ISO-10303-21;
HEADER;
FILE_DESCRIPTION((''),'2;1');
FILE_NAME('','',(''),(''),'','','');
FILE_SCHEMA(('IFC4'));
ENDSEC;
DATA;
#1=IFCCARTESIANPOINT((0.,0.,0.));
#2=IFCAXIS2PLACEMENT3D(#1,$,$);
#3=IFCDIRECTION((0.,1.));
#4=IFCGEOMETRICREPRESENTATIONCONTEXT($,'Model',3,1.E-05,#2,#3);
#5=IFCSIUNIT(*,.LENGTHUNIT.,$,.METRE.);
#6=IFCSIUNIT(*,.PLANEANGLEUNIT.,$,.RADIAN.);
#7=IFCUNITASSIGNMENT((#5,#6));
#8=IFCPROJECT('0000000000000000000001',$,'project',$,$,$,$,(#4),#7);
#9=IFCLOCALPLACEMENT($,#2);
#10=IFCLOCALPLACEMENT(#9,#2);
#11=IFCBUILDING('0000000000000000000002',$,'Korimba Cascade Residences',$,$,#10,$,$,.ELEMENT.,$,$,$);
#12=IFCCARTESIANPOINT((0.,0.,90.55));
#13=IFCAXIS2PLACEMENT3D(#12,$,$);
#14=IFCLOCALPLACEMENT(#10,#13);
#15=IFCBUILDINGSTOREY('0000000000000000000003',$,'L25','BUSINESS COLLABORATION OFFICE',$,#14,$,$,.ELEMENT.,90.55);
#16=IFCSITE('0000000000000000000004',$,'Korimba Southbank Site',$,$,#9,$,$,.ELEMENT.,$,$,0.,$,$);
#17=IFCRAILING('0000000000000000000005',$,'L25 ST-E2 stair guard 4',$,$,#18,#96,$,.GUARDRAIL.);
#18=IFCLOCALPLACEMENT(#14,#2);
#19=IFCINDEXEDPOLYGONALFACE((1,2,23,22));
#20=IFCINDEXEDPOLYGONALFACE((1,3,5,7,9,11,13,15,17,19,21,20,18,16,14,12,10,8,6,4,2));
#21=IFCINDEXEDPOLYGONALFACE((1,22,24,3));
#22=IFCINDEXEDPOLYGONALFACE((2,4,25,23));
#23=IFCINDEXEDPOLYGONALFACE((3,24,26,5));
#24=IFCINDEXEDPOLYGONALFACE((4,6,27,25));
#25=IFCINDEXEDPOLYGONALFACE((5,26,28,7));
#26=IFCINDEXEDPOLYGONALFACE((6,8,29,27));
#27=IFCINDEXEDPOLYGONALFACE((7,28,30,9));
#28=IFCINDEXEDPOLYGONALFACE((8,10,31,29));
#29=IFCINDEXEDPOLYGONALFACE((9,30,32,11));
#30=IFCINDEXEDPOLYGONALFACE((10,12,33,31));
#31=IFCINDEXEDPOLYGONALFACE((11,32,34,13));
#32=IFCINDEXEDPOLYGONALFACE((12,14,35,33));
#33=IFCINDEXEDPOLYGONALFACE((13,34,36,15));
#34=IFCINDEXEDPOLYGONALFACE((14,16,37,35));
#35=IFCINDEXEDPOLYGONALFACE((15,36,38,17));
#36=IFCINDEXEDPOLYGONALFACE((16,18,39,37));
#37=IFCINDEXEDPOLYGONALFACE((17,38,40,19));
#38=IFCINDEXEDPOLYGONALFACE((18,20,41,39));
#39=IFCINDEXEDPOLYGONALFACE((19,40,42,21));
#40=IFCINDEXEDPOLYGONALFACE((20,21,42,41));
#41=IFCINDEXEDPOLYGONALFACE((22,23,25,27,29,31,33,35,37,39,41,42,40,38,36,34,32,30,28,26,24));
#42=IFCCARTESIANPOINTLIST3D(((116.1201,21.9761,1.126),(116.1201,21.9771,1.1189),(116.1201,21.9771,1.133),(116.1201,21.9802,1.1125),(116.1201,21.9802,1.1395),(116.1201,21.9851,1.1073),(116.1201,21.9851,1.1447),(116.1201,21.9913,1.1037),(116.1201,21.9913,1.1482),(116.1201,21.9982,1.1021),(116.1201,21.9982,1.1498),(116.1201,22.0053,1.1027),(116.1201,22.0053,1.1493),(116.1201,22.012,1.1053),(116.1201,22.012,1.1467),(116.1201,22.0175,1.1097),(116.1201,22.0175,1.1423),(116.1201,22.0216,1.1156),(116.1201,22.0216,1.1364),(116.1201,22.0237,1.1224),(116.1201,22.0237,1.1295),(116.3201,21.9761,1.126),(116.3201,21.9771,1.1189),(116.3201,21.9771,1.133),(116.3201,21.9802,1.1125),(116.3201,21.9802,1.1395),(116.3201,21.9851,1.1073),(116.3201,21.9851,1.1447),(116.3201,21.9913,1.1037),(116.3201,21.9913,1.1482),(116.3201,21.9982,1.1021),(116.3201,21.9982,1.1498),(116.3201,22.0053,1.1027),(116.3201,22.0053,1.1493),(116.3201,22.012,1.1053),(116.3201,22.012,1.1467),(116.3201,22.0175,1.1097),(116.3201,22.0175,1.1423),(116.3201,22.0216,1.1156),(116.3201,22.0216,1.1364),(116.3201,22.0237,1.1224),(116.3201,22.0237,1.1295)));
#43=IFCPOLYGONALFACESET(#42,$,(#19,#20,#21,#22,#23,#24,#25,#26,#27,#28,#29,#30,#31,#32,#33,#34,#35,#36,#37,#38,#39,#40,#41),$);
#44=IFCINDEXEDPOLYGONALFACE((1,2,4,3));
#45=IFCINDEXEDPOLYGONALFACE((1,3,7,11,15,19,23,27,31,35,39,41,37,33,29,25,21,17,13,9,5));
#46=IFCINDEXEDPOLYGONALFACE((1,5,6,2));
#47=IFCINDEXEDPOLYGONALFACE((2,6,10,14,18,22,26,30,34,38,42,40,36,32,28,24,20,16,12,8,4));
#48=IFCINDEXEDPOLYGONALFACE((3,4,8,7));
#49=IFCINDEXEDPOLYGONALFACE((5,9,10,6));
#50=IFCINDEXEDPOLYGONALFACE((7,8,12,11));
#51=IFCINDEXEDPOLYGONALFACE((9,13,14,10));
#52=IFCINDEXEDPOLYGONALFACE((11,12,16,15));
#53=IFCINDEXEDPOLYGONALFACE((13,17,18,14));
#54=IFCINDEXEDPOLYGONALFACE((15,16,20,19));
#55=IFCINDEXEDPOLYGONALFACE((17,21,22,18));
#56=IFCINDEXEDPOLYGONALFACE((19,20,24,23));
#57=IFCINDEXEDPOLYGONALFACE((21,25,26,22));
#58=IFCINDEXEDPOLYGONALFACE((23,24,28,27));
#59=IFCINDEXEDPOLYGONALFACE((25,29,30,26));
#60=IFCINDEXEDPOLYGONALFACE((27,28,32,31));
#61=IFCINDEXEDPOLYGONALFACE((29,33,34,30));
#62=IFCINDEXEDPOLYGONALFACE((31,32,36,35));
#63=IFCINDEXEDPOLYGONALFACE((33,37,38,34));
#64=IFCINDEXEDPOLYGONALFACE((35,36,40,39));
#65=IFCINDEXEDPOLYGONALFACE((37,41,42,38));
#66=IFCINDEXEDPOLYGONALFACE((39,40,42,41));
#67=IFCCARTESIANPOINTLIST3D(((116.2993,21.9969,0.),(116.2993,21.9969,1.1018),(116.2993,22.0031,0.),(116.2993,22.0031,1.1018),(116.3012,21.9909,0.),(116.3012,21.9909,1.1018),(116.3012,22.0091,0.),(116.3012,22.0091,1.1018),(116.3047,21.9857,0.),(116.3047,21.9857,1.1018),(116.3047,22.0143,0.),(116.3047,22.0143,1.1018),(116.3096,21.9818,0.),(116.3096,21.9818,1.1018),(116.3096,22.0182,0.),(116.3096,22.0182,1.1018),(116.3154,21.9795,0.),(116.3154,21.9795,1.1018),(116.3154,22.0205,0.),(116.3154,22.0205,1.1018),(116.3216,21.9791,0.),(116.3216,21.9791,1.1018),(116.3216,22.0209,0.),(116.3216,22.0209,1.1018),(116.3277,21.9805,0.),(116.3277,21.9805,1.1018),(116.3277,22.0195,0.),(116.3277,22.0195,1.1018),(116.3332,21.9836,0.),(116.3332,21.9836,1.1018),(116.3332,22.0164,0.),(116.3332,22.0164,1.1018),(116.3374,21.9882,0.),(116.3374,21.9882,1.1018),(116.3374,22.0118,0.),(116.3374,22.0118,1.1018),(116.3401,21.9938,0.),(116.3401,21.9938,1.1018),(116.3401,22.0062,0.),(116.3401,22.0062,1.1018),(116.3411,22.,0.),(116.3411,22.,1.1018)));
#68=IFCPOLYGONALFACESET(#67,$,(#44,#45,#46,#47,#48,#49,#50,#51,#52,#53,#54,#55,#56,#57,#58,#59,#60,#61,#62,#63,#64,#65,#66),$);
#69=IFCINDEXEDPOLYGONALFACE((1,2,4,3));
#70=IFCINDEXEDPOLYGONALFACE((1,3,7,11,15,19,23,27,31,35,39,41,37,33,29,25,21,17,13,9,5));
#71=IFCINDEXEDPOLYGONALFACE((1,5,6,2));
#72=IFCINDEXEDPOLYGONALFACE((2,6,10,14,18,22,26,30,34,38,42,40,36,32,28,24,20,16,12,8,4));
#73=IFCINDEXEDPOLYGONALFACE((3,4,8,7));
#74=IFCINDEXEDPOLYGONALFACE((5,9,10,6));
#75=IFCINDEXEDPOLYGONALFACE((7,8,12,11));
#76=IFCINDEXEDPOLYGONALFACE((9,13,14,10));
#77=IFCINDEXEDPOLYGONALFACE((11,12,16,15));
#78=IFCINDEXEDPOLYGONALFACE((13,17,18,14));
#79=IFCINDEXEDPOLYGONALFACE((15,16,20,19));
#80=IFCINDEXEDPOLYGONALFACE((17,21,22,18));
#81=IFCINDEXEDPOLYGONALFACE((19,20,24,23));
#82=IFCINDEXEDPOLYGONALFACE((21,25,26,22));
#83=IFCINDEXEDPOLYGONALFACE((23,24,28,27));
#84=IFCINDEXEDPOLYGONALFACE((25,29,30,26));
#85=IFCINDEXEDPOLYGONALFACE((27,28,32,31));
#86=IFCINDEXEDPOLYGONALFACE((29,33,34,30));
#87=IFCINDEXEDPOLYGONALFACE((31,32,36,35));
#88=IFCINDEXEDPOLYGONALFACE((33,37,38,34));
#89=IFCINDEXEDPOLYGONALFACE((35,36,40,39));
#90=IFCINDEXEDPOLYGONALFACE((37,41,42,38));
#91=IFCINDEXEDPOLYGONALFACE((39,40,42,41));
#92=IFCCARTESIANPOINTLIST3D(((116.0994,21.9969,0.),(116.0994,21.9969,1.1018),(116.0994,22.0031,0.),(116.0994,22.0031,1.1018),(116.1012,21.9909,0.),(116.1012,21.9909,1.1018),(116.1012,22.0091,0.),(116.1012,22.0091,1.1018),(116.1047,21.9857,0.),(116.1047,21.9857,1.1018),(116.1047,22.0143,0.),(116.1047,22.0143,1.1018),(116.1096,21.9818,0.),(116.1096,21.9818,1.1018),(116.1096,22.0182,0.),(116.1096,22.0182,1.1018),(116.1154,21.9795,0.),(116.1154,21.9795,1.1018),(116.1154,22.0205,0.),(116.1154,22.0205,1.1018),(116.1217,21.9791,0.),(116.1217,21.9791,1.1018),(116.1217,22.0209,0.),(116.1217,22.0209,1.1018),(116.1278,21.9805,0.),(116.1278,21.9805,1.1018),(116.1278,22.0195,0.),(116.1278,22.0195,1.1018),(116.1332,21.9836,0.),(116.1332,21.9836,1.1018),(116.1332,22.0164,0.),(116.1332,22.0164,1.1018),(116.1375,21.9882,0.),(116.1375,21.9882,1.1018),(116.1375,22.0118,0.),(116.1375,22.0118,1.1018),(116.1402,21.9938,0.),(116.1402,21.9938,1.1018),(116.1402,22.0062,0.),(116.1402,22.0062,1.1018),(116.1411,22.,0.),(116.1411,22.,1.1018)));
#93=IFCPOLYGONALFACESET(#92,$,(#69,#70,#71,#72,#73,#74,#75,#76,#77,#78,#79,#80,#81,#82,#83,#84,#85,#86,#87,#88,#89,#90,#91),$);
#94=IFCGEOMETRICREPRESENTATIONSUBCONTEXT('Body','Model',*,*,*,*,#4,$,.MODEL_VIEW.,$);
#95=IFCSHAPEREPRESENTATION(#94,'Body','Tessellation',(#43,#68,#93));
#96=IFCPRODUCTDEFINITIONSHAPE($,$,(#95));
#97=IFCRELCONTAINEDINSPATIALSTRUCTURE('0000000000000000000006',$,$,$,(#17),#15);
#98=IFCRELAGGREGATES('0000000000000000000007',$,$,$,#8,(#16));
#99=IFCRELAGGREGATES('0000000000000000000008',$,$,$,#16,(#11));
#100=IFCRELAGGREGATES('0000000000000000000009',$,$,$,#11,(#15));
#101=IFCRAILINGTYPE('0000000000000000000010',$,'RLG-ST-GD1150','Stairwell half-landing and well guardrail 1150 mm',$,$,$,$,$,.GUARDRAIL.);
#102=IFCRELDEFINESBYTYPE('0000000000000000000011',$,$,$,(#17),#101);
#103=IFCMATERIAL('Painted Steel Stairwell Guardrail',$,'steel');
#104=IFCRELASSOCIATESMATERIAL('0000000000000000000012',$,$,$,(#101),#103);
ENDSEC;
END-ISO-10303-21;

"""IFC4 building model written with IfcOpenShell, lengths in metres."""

from ifc_helpers import new_model, si_unit, direction, frame, origin, origin_2d, place, context, subcontext, project, spatial, circle, extrude, material, type_object, element, save


model = new_model("IFC4")

# Units and contexts
model_context = context("Model", 3, precision=1e-05, world=origin(), true_north=direction((0.0, 1.0)))
body_context = subcontext(model_context, "Body", "Model", "MODEL_VIEW")
ifc_project = project(units=[si_unit("LENGTHUNIT", "METRE"), si_unit("PLANEANGLEUNIT", "RADIAN")], contexts=[model_context])

# Site, building, storey
site_placement = place(None, origin())
site = spatial("IfcSite", under=ifc_project, at=site_placement, Name="Korimba Southbank Site", CompositionType="ELEMENT", RefElevation=0.0)
building_placement = place(site_placement, origin())
building = spatial("IfcBuilding", under=site, at=building_placement, Name="Korimba Cascade Residences", CompositionType="ELEMENT")
storey_placement = place(building_placement, frame((0.0, 0.0, 90.55)))
storey = spatial("IfcBuildingStorey", under=building, at=storey_placement, Name="L25", Description="BUSINESS COLLABORATION OFFICE", CompositionType="ELEMENT", Elevation=90.55)

# Railing
ifc_material_1 = material(Name="Painted Steel Stairwell Guardrail", Category="steel")
railing_type_1 = type_object("IfcRailingType", Name="RLG-ST-GD1150", Description="Stairwell half-landing and well guardrail 1150 mm", PredefinedType="GUARDRAIL", material=ifc_material_1)
railing_1_placement = place(storey_placement, frame((116.3201, 22.0, 0.0)))
element("IfcRailing", 1, at=railing_1_placement, inside=storey, type_object=railing_type_1, Name="L25 ST-E2 stair guard 4", PredefinedType="GUARDRAIL", context=body_context, shape_type="SweptSolid", body=[
    extrude(circle(Radius=0.0239, at=origin_2d()), frame((0.0, 0.0, 1.126), z_axis=(-1.0, 0.0, 0.0), x_axis=(0.0, -1.0, 0.0)), (0.0, 0.0, 1.0), 0.2),
    extrude(circle(Radius=0.021, at=origin_2d()), origin(), (0.0, 0.0, 1.0), 1.1018),
    extrude(circle(Radius=0.021, at=origin_2d()), frame((-0.2, 0.0, 0.0)), (0.0, 0.0, 1.0), 1.1018),
])

save(model, "model.ifc")
